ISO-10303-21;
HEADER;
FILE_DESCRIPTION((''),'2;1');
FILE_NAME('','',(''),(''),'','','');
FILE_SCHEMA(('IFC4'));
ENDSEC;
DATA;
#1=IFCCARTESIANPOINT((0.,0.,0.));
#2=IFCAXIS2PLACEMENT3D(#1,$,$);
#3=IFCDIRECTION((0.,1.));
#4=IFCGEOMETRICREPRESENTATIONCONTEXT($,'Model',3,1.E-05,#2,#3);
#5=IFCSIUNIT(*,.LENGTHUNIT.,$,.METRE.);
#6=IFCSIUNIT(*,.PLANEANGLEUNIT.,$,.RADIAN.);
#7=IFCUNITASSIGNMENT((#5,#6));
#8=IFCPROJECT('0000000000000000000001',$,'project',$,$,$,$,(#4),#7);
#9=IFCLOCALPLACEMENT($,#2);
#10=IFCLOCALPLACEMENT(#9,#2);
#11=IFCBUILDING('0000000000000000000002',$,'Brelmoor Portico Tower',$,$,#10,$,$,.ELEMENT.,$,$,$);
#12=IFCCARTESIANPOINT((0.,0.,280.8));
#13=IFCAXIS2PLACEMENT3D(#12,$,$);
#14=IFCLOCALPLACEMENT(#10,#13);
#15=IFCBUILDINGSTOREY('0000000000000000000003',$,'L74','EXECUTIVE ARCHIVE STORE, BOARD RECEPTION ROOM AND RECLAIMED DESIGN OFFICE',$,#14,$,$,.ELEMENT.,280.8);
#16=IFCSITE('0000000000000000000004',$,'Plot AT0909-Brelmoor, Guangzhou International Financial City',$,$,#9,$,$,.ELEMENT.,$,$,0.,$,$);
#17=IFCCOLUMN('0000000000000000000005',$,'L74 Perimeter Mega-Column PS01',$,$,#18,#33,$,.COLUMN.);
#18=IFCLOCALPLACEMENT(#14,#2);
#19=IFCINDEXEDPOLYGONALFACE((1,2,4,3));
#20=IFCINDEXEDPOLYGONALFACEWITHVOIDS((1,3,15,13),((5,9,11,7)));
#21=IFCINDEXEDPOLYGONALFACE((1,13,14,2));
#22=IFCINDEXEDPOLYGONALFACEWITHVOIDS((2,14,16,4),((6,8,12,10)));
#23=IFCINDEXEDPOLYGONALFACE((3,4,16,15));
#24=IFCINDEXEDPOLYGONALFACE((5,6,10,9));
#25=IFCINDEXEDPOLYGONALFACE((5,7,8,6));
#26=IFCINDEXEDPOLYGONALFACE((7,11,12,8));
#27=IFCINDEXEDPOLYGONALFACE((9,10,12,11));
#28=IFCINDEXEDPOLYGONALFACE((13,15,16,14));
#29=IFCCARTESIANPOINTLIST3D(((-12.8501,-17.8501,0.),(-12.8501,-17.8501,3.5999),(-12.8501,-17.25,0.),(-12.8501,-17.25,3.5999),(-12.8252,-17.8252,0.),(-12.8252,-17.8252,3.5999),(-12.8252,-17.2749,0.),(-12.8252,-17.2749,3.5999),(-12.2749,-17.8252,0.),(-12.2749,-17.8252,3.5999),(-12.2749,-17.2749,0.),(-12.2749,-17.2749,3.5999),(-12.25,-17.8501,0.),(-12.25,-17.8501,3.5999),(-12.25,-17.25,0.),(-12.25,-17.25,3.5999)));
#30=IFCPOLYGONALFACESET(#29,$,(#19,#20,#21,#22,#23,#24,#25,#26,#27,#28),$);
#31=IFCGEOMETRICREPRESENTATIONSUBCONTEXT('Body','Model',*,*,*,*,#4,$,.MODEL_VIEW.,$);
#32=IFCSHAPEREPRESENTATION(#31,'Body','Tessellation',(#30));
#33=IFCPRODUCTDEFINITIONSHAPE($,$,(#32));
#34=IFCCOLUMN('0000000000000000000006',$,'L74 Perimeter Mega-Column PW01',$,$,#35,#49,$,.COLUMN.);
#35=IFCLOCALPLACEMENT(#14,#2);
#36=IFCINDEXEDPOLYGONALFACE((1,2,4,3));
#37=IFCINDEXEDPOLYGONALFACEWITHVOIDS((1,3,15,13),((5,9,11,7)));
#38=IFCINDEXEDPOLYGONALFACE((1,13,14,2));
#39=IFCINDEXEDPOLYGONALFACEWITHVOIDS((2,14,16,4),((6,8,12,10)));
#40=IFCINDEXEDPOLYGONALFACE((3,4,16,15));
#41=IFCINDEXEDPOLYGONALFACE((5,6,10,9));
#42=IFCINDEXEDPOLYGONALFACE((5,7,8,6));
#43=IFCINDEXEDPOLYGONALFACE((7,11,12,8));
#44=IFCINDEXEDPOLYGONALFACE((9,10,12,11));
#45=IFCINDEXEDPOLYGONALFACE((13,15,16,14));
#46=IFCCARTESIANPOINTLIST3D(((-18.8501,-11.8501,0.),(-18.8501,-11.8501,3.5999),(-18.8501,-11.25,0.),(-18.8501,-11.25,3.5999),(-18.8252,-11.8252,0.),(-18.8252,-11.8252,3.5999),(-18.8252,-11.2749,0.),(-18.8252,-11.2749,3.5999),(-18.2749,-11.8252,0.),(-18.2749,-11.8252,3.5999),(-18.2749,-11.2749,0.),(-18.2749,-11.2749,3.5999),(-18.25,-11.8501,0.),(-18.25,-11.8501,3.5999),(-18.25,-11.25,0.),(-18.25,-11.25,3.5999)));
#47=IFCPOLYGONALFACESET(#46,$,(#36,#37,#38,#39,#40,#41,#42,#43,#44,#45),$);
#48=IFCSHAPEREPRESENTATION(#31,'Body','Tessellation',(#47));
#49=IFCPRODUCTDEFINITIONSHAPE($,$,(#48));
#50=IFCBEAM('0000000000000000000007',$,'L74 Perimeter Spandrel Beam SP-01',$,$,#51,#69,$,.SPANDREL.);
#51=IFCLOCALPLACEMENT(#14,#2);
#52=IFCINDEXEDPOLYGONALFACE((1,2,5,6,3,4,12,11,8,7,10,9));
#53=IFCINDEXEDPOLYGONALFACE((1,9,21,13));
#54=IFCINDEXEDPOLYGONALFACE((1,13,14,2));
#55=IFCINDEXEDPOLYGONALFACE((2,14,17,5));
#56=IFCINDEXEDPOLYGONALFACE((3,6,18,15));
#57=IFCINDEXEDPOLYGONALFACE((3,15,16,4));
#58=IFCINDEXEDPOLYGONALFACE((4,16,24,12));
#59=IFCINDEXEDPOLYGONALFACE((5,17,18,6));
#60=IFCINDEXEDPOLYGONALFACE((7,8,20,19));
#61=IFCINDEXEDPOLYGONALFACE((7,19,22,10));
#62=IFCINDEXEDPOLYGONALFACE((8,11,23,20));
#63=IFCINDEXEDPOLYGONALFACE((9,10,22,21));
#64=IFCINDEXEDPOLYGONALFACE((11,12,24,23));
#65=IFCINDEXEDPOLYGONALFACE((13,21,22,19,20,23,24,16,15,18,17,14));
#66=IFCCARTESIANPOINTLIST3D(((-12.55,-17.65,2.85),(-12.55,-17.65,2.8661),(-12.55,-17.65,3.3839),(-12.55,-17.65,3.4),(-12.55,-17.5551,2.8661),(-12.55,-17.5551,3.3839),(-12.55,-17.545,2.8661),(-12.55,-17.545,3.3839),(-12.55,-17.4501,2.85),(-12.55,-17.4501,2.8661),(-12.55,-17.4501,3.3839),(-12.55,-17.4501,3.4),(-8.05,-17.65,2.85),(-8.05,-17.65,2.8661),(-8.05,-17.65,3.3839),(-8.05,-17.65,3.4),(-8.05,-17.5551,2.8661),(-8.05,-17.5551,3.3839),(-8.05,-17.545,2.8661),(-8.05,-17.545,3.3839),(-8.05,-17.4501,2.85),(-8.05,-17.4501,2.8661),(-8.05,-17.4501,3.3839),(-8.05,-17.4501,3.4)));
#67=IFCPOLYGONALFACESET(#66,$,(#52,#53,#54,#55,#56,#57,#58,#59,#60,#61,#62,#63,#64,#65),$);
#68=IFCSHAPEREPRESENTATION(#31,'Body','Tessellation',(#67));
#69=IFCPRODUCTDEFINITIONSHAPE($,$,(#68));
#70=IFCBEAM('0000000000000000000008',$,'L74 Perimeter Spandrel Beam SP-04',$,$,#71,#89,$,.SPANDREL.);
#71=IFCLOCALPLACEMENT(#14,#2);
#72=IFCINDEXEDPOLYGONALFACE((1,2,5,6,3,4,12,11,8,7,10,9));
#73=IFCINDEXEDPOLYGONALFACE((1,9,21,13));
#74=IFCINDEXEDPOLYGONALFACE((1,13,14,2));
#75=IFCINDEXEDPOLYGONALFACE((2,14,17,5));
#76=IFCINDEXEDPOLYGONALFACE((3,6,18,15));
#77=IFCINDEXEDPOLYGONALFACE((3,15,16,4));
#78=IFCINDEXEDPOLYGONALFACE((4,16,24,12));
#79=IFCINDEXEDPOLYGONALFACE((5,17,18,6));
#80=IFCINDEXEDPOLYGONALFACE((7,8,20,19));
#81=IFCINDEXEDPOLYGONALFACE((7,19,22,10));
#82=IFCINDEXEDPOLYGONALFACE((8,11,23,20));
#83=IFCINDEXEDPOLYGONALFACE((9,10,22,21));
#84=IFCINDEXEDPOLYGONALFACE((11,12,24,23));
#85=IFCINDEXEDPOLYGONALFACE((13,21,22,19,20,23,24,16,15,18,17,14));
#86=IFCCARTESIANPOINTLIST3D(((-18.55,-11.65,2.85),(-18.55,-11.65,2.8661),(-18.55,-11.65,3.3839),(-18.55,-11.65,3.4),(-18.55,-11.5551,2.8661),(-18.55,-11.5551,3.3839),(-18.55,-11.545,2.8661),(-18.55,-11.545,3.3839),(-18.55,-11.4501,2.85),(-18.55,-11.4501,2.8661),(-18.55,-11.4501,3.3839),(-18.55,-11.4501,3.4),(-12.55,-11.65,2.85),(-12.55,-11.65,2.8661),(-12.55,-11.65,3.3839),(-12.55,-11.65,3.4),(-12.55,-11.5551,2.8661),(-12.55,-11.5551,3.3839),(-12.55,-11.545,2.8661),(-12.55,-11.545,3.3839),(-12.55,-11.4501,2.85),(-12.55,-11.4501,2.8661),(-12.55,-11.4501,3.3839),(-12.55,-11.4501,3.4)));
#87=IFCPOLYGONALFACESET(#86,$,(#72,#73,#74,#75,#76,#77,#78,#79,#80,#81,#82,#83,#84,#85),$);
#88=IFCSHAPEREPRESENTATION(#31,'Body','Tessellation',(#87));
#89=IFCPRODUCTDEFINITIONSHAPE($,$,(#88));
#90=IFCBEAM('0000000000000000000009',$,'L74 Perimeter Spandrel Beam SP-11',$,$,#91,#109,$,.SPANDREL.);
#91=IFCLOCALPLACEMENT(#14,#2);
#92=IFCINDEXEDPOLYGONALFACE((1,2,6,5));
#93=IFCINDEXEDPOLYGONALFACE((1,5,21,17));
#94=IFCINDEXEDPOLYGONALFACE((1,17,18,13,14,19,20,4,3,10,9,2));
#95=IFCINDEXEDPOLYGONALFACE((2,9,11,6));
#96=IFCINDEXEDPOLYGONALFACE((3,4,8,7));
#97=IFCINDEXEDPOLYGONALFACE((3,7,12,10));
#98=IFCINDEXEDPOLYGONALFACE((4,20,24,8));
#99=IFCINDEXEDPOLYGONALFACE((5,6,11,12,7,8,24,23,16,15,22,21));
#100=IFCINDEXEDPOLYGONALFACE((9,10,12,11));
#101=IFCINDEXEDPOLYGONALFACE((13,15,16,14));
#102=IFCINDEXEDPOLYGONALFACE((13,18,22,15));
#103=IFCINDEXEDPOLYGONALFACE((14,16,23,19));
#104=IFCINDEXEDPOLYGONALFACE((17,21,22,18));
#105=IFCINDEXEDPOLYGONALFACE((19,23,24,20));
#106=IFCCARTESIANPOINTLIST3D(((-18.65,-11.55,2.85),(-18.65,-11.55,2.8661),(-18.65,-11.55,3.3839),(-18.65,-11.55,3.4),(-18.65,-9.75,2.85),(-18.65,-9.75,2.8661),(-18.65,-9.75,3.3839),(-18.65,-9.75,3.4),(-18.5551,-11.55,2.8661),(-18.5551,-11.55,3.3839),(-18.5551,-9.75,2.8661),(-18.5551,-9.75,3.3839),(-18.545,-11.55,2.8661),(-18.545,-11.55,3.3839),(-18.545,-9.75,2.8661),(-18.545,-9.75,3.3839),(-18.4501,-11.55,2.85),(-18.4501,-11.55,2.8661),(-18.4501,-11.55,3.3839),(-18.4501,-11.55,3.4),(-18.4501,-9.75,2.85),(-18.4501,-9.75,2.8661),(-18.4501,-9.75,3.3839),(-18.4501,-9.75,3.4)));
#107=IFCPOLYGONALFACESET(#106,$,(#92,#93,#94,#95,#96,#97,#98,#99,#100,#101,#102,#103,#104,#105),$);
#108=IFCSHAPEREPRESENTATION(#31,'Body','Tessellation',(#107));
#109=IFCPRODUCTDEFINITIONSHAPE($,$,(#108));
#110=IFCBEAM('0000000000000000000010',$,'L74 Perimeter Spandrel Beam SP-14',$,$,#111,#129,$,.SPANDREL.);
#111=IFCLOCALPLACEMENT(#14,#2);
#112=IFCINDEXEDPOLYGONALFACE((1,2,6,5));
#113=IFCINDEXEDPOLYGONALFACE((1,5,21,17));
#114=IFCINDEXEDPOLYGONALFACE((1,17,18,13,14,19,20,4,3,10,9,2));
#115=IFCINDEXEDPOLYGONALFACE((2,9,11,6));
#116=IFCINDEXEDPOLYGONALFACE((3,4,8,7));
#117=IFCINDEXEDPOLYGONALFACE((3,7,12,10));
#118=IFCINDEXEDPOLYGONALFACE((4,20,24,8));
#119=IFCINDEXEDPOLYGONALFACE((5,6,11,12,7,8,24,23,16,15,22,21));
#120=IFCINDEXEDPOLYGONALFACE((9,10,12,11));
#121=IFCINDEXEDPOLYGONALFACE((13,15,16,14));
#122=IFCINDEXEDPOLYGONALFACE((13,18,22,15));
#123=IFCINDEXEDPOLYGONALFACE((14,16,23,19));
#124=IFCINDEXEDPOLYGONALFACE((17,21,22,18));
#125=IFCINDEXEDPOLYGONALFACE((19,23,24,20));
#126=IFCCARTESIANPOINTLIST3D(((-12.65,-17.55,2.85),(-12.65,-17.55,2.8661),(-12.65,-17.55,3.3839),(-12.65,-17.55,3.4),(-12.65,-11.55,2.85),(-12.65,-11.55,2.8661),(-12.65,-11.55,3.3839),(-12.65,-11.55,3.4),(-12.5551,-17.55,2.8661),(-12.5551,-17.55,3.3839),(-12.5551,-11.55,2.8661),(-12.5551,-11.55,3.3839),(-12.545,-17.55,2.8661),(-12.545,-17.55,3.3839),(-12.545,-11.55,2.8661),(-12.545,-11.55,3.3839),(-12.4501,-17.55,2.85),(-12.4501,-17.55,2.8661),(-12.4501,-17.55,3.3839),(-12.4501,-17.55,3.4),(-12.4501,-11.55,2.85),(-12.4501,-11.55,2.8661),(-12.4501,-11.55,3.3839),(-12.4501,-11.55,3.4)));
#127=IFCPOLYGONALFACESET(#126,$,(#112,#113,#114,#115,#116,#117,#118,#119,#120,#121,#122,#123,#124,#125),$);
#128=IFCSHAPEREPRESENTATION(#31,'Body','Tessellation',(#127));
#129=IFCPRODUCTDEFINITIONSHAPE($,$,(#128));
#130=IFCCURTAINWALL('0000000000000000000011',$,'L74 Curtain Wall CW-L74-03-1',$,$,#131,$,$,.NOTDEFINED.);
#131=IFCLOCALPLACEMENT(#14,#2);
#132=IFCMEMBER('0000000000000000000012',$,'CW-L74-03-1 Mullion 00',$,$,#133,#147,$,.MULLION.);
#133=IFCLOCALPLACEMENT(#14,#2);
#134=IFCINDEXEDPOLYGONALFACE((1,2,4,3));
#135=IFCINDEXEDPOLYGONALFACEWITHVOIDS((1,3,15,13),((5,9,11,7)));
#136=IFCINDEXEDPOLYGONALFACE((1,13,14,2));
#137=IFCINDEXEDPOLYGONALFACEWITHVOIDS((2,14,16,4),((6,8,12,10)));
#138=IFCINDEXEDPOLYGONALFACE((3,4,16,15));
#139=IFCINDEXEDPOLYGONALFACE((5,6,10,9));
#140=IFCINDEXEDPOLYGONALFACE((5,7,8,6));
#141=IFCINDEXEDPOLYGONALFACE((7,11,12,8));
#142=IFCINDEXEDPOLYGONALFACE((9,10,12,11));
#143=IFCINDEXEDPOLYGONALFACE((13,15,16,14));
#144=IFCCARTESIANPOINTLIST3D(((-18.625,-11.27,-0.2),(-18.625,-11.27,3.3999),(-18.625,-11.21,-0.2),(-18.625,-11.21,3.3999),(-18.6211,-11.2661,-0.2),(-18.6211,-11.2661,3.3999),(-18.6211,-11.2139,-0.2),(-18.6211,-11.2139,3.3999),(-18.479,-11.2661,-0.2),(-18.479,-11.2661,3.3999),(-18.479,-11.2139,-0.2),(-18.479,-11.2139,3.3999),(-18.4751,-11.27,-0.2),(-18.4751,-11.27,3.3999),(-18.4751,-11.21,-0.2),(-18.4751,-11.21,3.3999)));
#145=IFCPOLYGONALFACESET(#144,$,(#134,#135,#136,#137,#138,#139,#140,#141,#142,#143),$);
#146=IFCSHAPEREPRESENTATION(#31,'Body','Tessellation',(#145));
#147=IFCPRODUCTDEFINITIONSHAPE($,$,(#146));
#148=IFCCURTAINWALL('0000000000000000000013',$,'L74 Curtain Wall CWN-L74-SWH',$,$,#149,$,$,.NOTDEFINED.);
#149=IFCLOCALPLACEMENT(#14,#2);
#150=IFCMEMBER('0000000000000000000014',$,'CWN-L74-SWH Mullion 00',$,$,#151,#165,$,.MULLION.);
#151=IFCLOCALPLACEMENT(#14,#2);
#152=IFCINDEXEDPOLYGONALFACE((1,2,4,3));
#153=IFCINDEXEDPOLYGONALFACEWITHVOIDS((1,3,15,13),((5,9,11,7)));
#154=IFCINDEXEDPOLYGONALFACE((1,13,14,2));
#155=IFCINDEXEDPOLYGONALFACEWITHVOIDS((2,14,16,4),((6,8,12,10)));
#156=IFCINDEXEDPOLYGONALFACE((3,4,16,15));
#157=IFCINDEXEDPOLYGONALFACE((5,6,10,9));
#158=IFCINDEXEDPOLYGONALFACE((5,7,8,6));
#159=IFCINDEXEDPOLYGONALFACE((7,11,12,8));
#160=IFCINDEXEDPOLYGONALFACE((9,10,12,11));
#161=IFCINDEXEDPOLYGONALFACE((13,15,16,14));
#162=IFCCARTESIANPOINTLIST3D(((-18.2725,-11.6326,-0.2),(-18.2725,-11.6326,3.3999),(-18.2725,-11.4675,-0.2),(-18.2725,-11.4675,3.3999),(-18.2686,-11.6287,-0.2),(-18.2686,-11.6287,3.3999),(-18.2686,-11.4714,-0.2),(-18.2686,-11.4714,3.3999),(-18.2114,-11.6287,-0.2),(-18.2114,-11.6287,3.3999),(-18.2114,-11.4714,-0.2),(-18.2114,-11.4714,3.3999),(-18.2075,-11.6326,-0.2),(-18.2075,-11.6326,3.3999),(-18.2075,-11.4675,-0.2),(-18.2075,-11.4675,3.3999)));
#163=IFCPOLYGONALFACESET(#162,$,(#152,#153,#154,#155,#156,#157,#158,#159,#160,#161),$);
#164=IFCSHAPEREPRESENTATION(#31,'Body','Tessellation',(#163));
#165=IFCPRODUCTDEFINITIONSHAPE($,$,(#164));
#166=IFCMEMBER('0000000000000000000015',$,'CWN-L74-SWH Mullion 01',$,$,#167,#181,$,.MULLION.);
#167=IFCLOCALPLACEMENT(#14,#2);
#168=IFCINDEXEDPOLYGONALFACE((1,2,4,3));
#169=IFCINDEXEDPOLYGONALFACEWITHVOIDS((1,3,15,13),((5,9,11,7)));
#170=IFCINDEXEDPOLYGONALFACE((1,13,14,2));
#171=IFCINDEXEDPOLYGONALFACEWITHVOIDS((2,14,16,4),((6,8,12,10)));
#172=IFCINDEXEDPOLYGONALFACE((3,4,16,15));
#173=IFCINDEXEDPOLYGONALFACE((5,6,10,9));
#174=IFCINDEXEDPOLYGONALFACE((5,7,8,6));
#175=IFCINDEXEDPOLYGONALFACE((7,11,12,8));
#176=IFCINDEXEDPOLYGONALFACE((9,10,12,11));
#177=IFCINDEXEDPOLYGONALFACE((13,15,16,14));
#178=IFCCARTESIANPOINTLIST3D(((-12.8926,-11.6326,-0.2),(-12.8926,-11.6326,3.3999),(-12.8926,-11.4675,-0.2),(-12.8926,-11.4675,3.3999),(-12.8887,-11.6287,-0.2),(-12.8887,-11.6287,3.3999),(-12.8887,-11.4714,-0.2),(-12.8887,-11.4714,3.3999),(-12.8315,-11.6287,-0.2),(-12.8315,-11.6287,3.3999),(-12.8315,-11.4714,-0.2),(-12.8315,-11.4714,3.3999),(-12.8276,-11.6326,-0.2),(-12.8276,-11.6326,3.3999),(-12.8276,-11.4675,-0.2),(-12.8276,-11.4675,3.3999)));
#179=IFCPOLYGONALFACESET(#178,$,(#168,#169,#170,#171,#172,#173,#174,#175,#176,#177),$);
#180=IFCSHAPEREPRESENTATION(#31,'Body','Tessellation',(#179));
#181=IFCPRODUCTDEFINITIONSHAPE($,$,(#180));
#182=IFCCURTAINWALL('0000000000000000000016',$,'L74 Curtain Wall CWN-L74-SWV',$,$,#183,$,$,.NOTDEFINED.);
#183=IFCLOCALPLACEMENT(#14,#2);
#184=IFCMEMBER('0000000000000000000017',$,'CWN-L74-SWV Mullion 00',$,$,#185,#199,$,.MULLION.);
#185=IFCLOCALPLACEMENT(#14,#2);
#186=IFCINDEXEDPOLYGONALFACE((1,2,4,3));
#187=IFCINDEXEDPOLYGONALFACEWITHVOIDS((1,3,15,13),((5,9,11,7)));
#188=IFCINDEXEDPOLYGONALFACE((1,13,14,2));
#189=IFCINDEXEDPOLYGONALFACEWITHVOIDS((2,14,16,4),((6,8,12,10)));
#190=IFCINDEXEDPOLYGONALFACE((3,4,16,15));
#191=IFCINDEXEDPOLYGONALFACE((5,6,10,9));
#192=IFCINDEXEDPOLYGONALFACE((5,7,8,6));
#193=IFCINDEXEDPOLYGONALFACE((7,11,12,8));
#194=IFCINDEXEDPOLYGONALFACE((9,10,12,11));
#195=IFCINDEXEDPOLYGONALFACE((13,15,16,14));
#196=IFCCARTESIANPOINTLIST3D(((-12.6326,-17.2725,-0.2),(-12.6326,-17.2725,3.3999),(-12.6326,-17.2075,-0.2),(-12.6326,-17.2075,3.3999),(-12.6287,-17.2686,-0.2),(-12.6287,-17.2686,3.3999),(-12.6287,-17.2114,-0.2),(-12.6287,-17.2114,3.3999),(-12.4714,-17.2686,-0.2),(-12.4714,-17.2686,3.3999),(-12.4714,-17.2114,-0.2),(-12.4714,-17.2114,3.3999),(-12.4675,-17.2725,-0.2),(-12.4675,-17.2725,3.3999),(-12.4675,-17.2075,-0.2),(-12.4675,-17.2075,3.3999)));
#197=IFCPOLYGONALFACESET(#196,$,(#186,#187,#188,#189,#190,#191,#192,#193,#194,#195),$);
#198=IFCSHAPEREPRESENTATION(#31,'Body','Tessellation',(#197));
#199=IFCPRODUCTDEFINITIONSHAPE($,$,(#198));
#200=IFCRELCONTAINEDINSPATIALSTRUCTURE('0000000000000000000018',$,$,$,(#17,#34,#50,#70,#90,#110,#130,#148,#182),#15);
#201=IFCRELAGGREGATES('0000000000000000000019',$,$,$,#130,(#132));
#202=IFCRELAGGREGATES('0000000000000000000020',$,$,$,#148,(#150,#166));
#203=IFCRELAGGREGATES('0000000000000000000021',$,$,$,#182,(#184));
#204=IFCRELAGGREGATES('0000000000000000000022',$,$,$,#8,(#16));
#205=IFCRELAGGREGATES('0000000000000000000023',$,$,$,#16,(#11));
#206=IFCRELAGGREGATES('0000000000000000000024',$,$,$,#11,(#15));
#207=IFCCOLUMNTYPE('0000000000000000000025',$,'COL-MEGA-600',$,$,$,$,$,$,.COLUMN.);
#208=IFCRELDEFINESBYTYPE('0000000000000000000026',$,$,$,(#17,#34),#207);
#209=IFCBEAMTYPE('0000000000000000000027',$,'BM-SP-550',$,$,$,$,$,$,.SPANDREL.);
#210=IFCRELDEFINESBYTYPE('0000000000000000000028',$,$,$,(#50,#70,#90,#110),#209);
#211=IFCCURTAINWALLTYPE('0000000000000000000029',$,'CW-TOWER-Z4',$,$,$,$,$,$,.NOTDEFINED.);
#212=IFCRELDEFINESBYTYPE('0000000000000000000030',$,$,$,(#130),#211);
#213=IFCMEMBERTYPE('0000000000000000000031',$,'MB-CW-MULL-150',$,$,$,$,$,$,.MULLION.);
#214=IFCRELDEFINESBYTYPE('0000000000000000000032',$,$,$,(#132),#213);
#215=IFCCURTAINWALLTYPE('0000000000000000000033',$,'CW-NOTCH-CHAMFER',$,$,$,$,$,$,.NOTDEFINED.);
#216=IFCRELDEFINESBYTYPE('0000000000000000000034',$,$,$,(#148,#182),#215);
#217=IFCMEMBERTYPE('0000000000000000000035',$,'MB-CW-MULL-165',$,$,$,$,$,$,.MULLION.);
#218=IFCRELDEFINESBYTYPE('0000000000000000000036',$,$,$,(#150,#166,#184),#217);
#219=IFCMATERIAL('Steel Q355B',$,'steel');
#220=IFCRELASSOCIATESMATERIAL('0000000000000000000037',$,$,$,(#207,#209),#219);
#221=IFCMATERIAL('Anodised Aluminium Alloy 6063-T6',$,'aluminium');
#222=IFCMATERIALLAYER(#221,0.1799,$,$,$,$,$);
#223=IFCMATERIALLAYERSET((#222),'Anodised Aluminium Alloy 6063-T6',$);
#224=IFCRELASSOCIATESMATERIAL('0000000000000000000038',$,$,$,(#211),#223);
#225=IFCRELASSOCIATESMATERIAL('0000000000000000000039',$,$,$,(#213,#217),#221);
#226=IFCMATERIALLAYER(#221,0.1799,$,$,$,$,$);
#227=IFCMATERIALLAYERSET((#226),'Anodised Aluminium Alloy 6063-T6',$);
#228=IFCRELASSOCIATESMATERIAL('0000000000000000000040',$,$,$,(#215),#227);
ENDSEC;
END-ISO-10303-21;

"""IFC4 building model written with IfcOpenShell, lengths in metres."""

from ifc_helpers import new_model, si_unit, direction, frame, origin, origin_2d, place, context, subcontext, project, spatial, hollow_rectangle, i_section, extrude, material, layer, layer_set, material_profile, profile_set, type_object, element, aggregate, save


model = new_model("IFC4")

# Units and contexts
model_context = context("Model", 3, precision=1e-05, world=origin(), true_north=direction((0.0, 1.0)))
body_context = subcontext(model_context, "Body", "Model", "MODEL_VIEW")
ifc_project = project(units=[si_unit("LENGTHUNIT", "METRE"), si_unit("PLANEANGLEUNIT", "RADIAN")], contexts=[model_context])

# Site, building, storey
site_placement = place(None, origin())
site = spatial("IfcSite", under=ifc_project, at=site_placement, Name="Plot AT0909-Brelmoor, Guangzhou International Financial City", CompositionType="ELEMENT", RefElevation=0.0)
building_placement = place(site_placement, origin())
building = spatial("IfcBuilding", under=site, at=building_placement, Name="Brelmoor Portico Tower", CompositionType="ELEMENT")
storey_placement = place(building_placement, frame((0.0, 0.0, 280.8)))
storey = spatial("IfcBuildingStorey", under=building, at=storey_placement, Name="L74", Description="EXECUTIVE ARCHIVE STORE, BOARD RECEPTION ROOM AND RECLAIMED DESIGN OFFICE", CompositionType="ELEMENT", Elevation=280.8)

# Columns
ifc_material_1 = material(Name="Steel Q355B", Category="steel")
ifc_material_profile_1 = material_profile(ifc_material_1, hollow_rectangle(XDim=0.6001, YDim=0.6001, WallThickness=0.0249, at=origin_2d()), Name="BOX 600x600x25")
ifc_profile_set_1 = profile_set([ifc_material_profile_1], Name="Steel Q355B")
column_type = type_object("IfcColumnType", Name="COL-MEGA-600", PredefinedType="COLUMN", material=ifc_profile_set_1)
for number, where, z_axis, x_axis, name in (
    (1, (-12.55, -17.55, 0.0), (0.0, 0.0, 1.0), (1.0, 0.0, 0.0), "L74 Perimeter Mega-Column PS01"),
    (2, (-18.55, -11.55, 0.0), (0.0, 0.0, 1.0), (0.0, 1.0, 0.0), "L74 Perimeter Mega-Column PW01"),
):
    element("IfcColumn", number, at=place(storey_placement, frame(where, z_axis=z_axis, x_axis=x_axis)), inside=storey, type_object=column_type, Name=name, PredefinedType="COLUMN", context=body_context, shape_type="SweptSolid", body=[
        extrude(hollow_rectangle(XDim=0.6001, YDim=0.6001, WallThickness=0.0249, at=origin_2d()), origin(), (0.0, 0.0, 1.0), 3.5999),
    ])

# Beams
ifc_material_profile_2 = material_profile(ifc_material_1, i_section(OverallWidth=0.2, OverallDepth=0.55, WebThickness=0.01, FlangeThickness=0.0161, at=origin_2d()), Name="HN 550x200x10x16")
ifc_profile_set_2 = profile_set([ifc_material_profile_2], Name="Steel Q355B")
beam_type = type_object("IfcBeamType", Name="BM-SP-550", PredefinedType="SPANDREL", material=ifc_profile_set_2)
beam_1_placement = place(storey_placement, frame((-12.55, -17.55, 3.125), z_axis=(1.0, 0.0, 0.0), x_axis=(0.0, 1.0, 0.0)))
element("IfcBeam", 3, at=beam_1_placement, inside=storey, type_object=beam_type, Name="L74 Perimeter Spandrel Beam SP-01", PredefinedType="SPANDREL", context=body_context, shape_type="SweptSolid", body=[
    extrude(i_section(OverallWidth=0.2, OverallDepth=0.55, WebThickness=0.01, FlangeThickness=0.0161, at=origin_2d()), origin(), (0.0, 0.0, 1.0), 4.5),
])
beam_2_placement = place(storey_placement, frame((-18.55, -11.55, 3.125), z_axis=(1.0, 0.0, 0.0), x_axis=(0.0, 1.0, 0.0)))
element("IfcBeam", 4, at=beam_2_placement, inside=storey, type_object=beam_type, Name="L74 Perimeter Spandrel Beam SP-04", PredefinedType="SPANDREL", context=body_context, shape_type="SweptSolid", body=[
    extrude(i_section(OverallWidth=0.2, OverallDepth=0.55, WebThickness=0.01, FlangeThickness=0.0161, at=origin_2d()), origin(), (0.0, 0.0, 1.0), 6.0),
])
beam_3_placement = place(storey_placement, frame((-18.55, -11.55, 3.125), z_axis=(0.0, 1.0, 0.0), x_axis=(-1.0, 0.0, 0.0)))
element("IfcBeam", 5, at=beam_3_placement, inside=storey, type_object=beam_type, Name="L74 Perimeter Spandrel Beam SP-11", PredefinedType="SPANDREL", context=body_context, shape_type="SweptSolid", body=[
    extrude(i_section(OverallWidth=0.2, OverallDepth=0.55, WebThickness=0.01, FlangeThickness=0.0161, at=origin_2d()), origin(), (0.0, 0.0, 1.0), 1.8),
])
beam_4_placement = place(storey_placement, frame((-12.55, -17.55, 3.125), z_axis=(0.0, 1.0, 0.0), x_axis=(-1.0, 0.0, 0.0)))
element("IfcBeam", 6, at=beam_4_placement, inside=storey, type_object=beam_type, Name="L74 Perimeter Spandrel Beam SP-14", PredefinedType="SPANDREL", context=body_context, shape_type="SweptSolid", body=[
    extrude(i_section(OverallWidth=0.2, OverallDepth=0.55, WebThickness=0.01, FlangeThickness=0.0161, at=origin_2d()), origin(), (0.0, 0.0, 1.0), 6.0),
])

# Curtain wall, member
ifc_material_2 = material(Name="Anodised Aluminium Alloy 6063-T6", Category="aluminium")
ifc_layer_1 = layer(ifc_material_2, 0.1799)
ifc_layer_set_1 = layer_set([ifc_layer_1], Name="Anodised Aluminium Alloy 6063-T6")
curtain_wall_type_1 = type_object("IfcCurtainWallType", Name="CW-TOWER-Z4", PredefinedType="NOTDEFINED", material=ifc_layer_set_1)
curtain_wall_1_placement = place(storey_placement, origin())
curtain_wall_1 = element("IfcCurtainWall", 7, at=curtain_wall_1_placement, inside=storey, type_object=curtain_wall_type_1, Name="L74 Curtain Wall CW-L74-03-1", PredefinedType="NOTDEFINED")
ifc_material_profile_3 = material_profile(ifc_material_2, hollow_rectangle(XDim=0.0601, YDim=0.1499, WallThickness=0.0039, at=origin_2d()), Name="ALU MULLION 60x150")
ifc_profile_set_3 = profile_set([ifc_material_profile_3], Name="Anodised Aluminium Alloy 6063-T6")
member_type_1 = type_object("IfcMemberType", Name="MB-CW-MULL-150", PredefinedType="MULLION", material=ifc_profile_set_3)
member_1_placement = place(storey_placement, frame((-18.55, -11.24, -0.2), z_axis=(0.0, 0.0, 1.0), x_axis=(0.0, 1.0, 0.0)))
member_1 = element("IfcMember", 8, at=member_1_placement, type_object=member_type_1, Name="CW-L74-03-1 Mullion 00", PredefinedType="MULLION", context=body_context, shape_type="SweptSolid", body=[
    extrude(hollow_rectangle(XDim=0.0601, YDim=0.1499, WallThickness=0.0039, at=origin_2d()), origin(), (0.0, 0.0, 1.0), 3.5999),
])

# Curtain wall, members
ifc_layer_2 = layer(ifc_material_2, 0.1799)
ifc_layer_set_2 = layer_set([ifc_layer_2], Name="Anodised Aluminium Alloy 6063-T6")
curtain_wall_type_2 = type_object("IfcCurtainWallType", Name="CW-NOTCH-CHAMFER", PredefinedType="NOTDEFINED", material=ifc_layer_set_2)
curtain_wall_2_placement = place(storey_placement, origin())
curtain_wall_2 = element("IfcCurtainWall", 9, at=curtain_wall_2_placement, inside=storey, type_object=curtain_wall_type_2, Name="L74 Curtain Wall CWN-L74-SWH", PredefinedType="NOTDEFINED")
ifc_material_profile_4 = material_profile(ifc_material_2, hollow_rectangle(XDim=0.0649, YDim=0.165, WallThickness=0.0039, at=origin_2d()), Name="ALU MULLION 65x165")
ifc_profile_set_4 = profile_set([ifc_material_profile_4], Name="Anodised Aluminium Alloy 6063-T6")
member_type_2 = type_object("IfcMemberType", Name="MB-CW-MULL-165", PredefinedType="MULLION", material=ifc_profile_set_4)
member_2_placement = place(storey_placement, frame((-18.24, -11.55, -0.2), z_axis=(0.0, 0.0, 1.0), x_axis=(1.0, 0.0, 0.0)))
member_2 = element("IfcMember", 10, at=member_2_placement, type_object=member_type_2, Name="CWN-L74-SWH Mullion 00", PredefinedType="MULLION", context=body_context, shape_type="SweptSolid", body=[
    extrude(hollow_rectangle(XDim=0.0649, YDim=0.165, WallThickness=0.0039, at=origin_2d()), origin(), (0.0, 0.0, 1.0), 3.5999),
])
member_3_placement = place(storey_placement, frame((-12.8601, -11.55, -0.2), z_axis=(0.0, 0.0, 1.0), x_axis=(1.0, 0.0, 0.0)))
member_3 = element("IfcMember", 11, at=member_3_placement, type_object=member_type_2, Name="CWN-L74-SWH Mullion 01", PredefinedType="MULLION", context=body_context, shape_type="SweptSolid", body=[
    extrude(hollow_rectangle(XDim=0.0649, YDim=0.165, WallThickness=0.0039, at=origin_2d()), origin(), (0.0, 0.0, 1.0), 3.5999),
])

# Curtain wall, member
curtain_wall_3_placement = place(storey_placement, origin())
curtain_wall_3 = element("IfcCurtainWall", 12, at=curtain_wall_3_placement, inside=storey, type_object=curtain_wall_type_2, Name="L74 Curtain Wall CWN-L74-SWV", PredefinedType="NOTDEFINED")
member_4_placement = place(storey_placement, frame((-12.55, -17.24, -0.2), z_axis=(0.0, 0.0, 1.0), x_axis=(0.0, 1.0, 0.0)))
member_4 = element("IfcMember", 13, at=member_4_placement, type_object=member_type_2, Name="CWN-L74-SWV Mullion 00", PredefinedType="MULLION", context=body_context, shape_type="SweptSolid", body=[
    extrude(hollow_rectangle(XDim=0.0649, YDim=0.165, WallThickness=0.0039, at=origin_2d()), origin(), (0.0, 0.0, 1.0), 3.5999),
])

aggregate(curtain_wall_1, [member_1])
aggregate(curtain_wall_2, [member_2, member_3])
aggregate(curtain_wall_3, [member_4])

save(model, "model.ifc")
